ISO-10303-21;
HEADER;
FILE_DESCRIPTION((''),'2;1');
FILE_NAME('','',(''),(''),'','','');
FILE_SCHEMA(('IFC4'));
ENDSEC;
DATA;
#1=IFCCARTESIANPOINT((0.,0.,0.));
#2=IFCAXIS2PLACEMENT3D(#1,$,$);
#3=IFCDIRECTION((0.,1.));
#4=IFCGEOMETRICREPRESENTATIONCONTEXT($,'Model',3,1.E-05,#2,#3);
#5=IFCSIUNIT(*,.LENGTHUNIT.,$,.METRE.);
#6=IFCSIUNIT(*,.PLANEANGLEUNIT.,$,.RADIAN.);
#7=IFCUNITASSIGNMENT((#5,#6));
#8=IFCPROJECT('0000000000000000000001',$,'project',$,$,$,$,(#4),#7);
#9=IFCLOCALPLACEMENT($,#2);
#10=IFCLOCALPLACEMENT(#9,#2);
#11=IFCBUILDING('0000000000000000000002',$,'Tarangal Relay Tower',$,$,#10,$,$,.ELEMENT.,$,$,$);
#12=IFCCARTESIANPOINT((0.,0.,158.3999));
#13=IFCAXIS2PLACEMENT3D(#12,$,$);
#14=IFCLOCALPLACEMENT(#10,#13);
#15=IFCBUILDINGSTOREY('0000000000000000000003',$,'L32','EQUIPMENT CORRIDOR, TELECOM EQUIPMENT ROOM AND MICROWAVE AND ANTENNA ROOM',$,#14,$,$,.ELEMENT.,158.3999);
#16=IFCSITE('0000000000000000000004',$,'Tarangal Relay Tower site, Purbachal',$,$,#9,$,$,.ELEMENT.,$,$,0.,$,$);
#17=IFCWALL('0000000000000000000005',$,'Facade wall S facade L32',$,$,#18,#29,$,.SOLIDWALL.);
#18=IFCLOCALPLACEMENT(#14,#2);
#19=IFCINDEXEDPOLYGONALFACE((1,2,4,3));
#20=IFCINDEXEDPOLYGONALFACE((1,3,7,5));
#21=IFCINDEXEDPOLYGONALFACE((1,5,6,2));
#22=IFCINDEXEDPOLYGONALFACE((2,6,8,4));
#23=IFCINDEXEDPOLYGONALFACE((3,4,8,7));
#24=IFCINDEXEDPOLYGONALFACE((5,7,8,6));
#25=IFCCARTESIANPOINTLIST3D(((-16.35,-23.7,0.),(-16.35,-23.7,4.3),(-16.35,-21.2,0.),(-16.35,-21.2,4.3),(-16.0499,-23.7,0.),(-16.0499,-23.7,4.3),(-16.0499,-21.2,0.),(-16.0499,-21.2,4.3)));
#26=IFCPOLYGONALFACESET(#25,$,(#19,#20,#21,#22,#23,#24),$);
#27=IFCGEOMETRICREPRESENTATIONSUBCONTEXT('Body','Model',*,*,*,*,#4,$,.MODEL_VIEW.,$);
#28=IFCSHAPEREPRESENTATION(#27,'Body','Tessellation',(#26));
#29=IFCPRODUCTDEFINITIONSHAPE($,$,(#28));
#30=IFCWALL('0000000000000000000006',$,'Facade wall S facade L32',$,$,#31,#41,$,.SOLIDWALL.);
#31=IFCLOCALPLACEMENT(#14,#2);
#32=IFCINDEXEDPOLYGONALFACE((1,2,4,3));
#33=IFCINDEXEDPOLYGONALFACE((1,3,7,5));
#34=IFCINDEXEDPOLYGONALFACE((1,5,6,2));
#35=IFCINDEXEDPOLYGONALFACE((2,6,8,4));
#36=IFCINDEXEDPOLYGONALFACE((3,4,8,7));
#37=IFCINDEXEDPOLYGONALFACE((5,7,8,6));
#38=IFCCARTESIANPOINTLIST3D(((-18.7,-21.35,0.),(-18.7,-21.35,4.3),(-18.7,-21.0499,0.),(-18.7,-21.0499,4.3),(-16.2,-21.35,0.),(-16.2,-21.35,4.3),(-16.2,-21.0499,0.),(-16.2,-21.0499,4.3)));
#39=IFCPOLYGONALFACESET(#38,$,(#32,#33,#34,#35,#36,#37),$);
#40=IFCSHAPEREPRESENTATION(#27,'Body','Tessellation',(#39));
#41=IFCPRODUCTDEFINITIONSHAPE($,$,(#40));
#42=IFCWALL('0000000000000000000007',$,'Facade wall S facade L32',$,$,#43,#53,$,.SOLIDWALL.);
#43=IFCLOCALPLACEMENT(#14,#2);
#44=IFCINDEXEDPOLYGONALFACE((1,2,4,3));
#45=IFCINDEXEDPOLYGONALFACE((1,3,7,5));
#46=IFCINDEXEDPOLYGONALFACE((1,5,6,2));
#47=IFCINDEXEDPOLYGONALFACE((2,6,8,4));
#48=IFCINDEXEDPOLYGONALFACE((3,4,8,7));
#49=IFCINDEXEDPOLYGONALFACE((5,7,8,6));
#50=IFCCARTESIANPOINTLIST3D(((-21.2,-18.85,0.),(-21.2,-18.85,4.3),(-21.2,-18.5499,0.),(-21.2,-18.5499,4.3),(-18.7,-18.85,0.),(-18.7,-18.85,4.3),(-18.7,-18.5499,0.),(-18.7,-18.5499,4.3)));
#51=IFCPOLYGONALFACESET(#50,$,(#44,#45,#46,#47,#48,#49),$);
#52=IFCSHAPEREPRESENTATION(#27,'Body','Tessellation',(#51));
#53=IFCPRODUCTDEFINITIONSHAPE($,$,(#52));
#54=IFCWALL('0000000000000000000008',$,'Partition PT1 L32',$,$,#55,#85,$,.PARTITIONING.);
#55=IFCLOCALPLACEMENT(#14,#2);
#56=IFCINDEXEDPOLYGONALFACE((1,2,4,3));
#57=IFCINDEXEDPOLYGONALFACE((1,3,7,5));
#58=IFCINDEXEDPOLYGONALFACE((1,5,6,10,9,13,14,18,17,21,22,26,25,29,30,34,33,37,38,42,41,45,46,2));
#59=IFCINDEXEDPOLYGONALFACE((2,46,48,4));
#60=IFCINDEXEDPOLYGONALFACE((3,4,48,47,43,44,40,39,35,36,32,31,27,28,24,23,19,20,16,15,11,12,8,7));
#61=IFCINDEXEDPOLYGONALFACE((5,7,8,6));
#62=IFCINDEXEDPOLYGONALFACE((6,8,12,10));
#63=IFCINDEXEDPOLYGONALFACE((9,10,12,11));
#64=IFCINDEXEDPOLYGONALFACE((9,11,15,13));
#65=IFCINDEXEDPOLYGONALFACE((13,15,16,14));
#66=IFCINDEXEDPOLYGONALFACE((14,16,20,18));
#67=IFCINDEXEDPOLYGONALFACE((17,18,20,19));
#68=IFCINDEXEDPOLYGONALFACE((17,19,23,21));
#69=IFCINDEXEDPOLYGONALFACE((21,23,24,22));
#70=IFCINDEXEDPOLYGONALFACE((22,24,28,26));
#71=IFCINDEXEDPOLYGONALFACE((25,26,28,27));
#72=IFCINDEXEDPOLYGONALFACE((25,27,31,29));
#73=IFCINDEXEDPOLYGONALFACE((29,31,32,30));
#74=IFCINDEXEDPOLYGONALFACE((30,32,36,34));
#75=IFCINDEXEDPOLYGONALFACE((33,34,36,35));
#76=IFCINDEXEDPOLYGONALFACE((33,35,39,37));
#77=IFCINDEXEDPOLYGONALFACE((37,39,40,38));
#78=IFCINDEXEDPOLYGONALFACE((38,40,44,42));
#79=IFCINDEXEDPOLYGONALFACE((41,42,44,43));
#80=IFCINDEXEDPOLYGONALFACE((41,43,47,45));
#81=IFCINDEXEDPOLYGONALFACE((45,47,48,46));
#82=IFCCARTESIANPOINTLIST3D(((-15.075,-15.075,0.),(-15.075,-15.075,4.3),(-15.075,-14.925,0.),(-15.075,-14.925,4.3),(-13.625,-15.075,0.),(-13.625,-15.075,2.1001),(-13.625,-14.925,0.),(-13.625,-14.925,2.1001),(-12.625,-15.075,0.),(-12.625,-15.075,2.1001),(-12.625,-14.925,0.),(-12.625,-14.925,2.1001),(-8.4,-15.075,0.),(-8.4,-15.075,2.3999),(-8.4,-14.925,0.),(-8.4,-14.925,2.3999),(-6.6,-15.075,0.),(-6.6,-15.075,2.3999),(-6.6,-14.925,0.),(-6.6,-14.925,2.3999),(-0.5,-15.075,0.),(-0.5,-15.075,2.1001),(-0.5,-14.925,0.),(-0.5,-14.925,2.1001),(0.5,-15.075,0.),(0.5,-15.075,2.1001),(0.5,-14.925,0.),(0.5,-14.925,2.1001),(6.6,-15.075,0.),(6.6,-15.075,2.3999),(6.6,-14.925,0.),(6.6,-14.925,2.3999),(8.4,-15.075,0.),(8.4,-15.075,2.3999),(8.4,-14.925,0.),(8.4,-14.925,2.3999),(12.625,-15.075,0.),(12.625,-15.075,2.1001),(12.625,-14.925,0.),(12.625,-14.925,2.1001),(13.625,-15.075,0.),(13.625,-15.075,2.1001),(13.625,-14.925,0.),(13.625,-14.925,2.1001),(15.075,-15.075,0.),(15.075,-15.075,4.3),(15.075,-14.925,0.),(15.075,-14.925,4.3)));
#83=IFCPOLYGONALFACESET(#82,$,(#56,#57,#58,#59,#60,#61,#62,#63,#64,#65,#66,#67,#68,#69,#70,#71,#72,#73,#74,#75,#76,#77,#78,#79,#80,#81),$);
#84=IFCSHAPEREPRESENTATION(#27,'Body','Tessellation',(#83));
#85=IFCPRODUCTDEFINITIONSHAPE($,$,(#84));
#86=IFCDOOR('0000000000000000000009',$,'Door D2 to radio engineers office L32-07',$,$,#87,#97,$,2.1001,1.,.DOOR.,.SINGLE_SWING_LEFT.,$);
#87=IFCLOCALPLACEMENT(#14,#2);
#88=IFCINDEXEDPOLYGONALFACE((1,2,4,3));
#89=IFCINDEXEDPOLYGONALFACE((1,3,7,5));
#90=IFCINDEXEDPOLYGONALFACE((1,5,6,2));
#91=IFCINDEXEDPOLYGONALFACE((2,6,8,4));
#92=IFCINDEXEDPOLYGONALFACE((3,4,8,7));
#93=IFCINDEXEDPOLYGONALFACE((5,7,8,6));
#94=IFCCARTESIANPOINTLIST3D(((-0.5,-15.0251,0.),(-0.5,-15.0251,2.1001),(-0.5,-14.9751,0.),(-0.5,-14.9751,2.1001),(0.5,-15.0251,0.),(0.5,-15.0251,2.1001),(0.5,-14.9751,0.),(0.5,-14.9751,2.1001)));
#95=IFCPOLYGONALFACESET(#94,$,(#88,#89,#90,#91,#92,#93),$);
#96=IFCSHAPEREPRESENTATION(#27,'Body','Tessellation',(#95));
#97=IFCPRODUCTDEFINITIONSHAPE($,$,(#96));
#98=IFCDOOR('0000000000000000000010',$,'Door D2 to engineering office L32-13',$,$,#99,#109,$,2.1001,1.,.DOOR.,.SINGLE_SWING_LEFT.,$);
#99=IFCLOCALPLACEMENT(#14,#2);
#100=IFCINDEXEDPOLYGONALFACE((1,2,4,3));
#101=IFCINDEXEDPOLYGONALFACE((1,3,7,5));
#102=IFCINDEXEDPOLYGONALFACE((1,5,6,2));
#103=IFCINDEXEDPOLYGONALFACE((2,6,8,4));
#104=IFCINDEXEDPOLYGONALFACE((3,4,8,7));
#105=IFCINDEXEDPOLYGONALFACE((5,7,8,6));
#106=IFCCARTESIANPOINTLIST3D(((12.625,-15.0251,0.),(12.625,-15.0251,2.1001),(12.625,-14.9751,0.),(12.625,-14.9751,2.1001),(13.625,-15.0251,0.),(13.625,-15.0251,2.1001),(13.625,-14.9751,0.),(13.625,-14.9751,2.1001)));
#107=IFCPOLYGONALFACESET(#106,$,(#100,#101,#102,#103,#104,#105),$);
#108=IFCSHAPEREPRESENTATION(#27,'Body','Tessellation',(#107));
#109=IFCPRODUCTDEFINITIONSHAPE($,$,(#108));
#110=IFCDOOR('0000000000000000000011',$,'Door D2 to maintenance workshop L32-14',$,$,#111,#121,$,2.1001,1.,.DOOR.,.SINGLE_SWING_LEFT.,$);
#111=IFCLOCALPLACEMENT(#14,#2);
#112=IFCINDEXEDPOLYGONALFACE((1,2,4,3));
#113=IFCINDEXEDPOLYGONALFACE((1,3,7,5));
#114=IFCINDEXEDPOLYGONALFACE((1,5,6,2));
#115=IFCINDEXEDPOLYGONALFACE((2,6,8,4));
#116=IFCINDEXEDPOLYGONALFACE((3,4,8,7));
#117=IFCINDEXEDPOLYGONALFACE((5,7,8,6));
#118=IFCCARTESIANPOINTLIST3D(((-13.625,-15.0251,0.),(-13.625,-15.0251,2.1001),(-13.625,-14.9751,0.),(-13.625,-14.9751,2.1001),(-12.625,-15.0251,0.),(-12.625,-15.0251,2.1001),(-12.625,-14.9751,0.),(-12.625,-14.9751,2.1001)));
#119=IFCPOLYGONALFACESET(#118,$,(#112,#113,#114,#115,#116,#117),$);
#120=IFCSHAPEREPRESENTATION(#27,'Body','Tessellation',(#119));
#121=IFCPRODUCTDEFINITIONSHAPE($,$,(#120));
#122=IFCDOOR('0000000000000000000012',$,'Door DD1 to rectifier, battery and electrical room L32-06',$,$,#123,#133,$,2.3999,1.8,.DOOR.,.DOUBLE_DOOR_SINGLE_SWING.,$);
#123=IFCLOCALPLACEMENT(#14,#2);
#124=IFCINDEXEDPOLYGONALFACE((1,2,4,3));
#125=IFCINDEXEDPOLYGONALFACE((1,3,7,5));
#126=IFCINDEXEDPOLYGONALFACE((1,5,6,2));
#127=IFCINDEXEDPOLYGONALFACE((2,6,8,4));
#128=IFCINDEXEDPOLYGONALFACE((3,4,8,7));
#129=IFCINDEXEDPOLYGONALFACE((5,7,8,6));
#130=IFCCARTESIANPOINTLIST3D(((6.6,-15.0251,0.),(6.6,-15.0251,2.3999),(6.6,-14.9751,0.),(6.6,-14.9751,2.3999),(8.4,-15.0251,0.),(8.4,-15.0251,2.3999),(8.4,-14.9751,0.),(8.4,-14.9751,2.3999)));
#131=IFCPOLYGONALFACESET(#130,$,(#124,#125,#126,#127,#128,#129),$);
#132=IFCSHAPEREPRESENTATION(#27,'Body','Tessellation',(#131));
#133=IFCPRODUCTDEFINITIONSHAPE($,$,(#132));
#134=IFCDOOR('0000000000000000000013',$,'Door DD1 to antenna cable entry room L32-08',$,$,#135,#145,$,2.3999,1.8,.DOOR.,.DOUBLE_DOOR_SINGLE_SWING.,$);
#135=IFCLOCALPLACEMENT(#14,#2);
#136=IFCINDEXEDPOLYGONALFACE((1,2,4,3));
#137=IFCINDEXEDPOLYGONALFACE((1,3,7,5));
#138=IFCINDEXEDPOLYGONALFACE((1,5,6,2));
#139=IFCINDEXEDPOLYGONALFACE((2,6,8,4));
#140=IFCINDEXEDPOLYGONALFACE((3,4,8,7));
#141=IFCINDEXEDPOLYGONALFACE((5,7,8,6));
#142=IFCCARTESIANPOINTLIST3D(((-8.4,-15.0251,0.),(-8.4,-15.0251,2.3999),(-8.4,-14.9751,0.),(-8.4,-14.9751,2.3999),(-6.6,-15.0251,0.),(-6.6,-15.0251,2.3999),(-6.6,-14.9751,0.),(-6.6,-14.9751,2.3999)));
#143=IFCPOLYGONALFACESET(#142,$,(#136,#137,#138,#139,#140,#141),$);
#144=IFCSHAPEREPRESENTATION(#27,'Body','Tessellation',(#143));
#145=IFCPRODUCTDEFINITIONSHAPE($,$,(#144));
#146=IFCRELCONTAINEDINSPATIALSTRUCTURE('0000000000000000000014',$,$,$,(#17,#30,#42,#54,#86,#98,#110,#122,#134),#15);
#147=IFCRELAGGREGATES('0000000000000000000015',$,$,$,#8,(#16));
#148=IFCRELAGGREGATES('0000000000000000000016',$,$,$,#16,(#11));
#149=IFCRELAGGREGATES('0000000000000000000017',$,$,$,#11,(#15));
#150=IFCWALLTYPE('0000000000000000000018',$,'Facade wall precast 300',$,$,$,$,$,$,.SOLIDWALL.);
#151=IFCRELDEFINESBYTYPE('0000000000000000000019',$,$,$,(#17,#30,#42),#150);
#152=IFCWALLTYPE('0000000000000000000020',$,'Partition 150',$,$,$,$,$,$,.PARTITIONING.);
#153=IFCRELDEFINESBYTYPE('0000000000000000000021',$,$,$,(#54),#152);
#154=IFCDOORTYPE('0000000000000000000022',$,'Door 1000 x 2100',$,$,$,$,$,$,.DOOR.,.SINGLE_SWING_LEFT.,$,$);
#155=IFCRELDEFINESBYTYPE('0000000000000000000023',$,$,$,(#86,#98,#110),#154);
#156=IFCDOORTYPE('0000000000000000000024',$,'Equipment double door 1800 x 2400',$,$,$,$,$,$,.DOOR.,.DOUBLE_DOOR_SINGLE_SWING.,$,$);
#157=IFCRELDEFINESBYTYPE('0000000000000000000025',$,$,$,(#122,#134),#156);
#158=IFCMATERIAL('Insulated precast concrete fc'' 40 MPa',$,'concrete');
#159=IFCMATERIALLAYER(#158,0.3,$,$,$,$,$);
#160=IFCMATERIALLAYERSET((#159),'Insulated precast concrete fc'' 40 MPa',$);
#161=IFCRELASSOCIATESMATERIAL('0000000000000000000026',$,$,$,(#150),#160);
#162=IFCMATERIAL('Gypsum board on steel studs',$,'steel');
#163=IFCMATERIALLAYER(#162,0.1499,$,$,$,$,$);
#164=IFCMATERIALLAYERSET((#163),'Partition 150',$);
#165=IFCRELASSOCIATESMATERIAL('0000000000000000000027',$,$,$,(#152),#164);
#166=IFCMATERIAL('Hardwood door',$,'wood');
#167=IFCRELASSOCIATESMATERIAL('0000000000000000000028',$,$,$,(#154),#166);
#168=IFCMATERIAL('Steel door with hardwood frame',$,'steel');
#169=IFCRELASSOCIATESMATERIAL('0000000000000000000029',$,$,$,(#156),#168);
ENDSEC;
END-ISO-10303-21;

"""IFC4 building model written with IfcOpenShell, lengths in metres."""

from ifc_helpers import new_model, si_unit, direction, frame, frame_2d, origin, place, context, subcontext, project, spatial, rectangle, extrude, material, layer, layer_set, type_object, element, fill, save


model = new_model("IFC4")

# Units and contexts
model_context = context("Model", 3, precision=1e-05, world=origin(), true_north=direction((0.0, 1.0)))
body_context = subcontext(model_context, "Body", "Model", "MODEL_VIEW")
ifc_project = project(units=[si_unit("LENGTHUNIT", "METRE"), si_unit("PLANEANGLEUNIT", "RADIAN")], contexts=[model_context])

# Site, building, storey
site_placement = place(None, origin())
site = spatial("IfcSite", under=ifc_project, at=site_placement, Name="Tarangal Relay Tower site, Purbachal", CompositionType="ELEMENT", RefElevation=0.0)
building_placement = place(site_placement, origin())
building = spatial("IfcBuilding", under=site, at=building_placement, Name="Tarangal Relay Tower", CompositionType="ELEMENT")
storey_placement = place(building_placement, frame((0.0, 0.0, 158.3999)))
storey = spatial("IfcBuildingStorey", under=building, at=storey_placement, Name="L32", Description="EQUIPMENT CORRIDOR, TELECOM EQUIPMENT ROOM AND MICROWAVE AND ANTENNA ROOM", CompositionType="ELEMENT", Elevation=158.3999)

# Walls
ifc_material_1 = material(Name="Insulated precast concrete fc' 40 MPa", Category="concrete")
ifc_layer_1 = layer(ifc_material_1, 0.3)
ifc_layer_set_1 = layer_set([ifc_layer_1], Name="Insulated precast concrete fc' 40 MPa")
wall_type_1 = type_object("IfcWallType", Name="Facade wall precast 300", PredefinedType="SOLIDWALL", material=ifc_layer_set_1)
for number, where, z_axis, x_axis, name in (
    (1, (-16.2, -23.7, 0.0), (0.0, 0.0, 1.0), (0.0, 1.0, 0.0), "Facade wall S facade L32"),
    (2, (-16.2, -21.2, 0.0), (0.0, 0.0, 1.0), (-1.0, 0.0, 0.0), "Facade wall S facade L32"),
):
    element("IfcWall", number, at=place(storey_placement, frame(where, z_axis=z_axis, x_axis=x_axis)), inside=storey, type_object=wall_type_1, Name=name, PredefinedType="SOLIDWALL", context=body_context, shape_type="SweptSolid", body=[
        extrude(rectangle(XDim=2.5, YDim=0.3, at=frame_2d((1.25, 0.0))), origin(), (0.0, 0.0, 1.0), 4.3),
    ])

# Wall
wall_1_placement = place(storey_placement, frame((-18.7, -18.7, 0.0), z_axis=(0.0, 0.0, 1.0), x_axis=(-1.0, 0.0, 0.0)))
element("IfcWall", 3, at=wall_1_placement, inside=storey, type_object=wall_type_1, Name="Facade wall S facade L32", PredefinedType="SOLIDWALL", context=body_context, shape_type="SweptSolid", body=[
    extrude(rectangle(XDim=2.5, YDim=0.3, at=frame_2d((1.25, 0.0))), origin(), (0.0, 0.0, 1.0), 4.3),
])

# Wall, openings, doors
ifc_material_2 = material(Name="Gypsum board on steel studs", Category="steel")
ifc_layer_2 = layer(ifc_material_2, 0.1499)
ifc_layer_set_2 = layer_set([ifc_layer_2], Name="Partition 150")
wall_type_2 = type_object("IfcWallType", Name="Partition 150", PredefinedType="PARTITIONING", material=ifc_layer_set_2)
wall_2_placement = place(storey_placement, frame((-15.075, -15.0, 0.0), z_axis=(0.0, 0.0, 1.0), x_axis=(1.0, 0.0, 0.0)))
wall_2 = element("IfcWall", 4, at=wall_2_placement, inside=storey, type_object=wall_type_2, Name="Partition PT1 L32", PredefinedType="PARTITIONING", context=body_context, shape_type="SweptSolid", body=[
    extrude(rectangle(XDim=30.1499, YDim=0.1499, at=frame_2d((15.075, 0.0))), origin(), (0.0, 0.0, 1.0), 4.3),
])
opening_1_placement = place(wall_2_placement, frame((21.675, 0.0, 0.0)))
opening_1 = element("IfcOpeningElement", 5, at=opening_1_placement, cuts=wall_2, PredefinedType="OPENING", context=body_context, shape_type="SweptSolid", body=[
    extrude(rectangle(XDim=1.8, YDim=2.3999, at=frame_2d((0.8999, 1.2))), frame((0.0, 0.085, 0.0), z_axis=(0.0, -1.0, 0.0), x_axis=(1.0, 0.0, 0.0)), (0.0, 0.0, 1.0), 0.1699),
])
opening_2_placement = place(wall_2_placement, frame((14.575, 0.0, 0.0)))
opening_2 = element("IfcOpeningElement", 6, at=opening_2_placement, cuts=wall_2, PredefinedType="OPENING", context=body_context, shape_type="SweptSolid", body=[
    extrude(rectangle(XDim=1.0, YDim=2.1001, at=frame_2d((0.5, 1.05))), frame((0.0, 0.085, 0.0), z_axis=(0.0, -1.0, 0.0), x_axis=(1.0, 0.0, 0.0)), (0.0, 0.0, 1.0), 0.1699),
])
opening_3_placement = place(wall_2_placement, frame((6.675, 0.0, 0.0)))
opening_3 = element("IfcOpeningElement", 7, at=opening_3_placement, cuts=wall_2, PredefinedType="OPENING", context=body_context, shape_type="SweptSolid", body=[
    extrude(rectangle(XDim=1.8, YDim=2.3999, at=frame_2d((0.8999, 1.2))), frame((0.0, 0.085, 0.0), z_axis=(0.0, -1.0, 0.0), x_axis=(1.0, 0.0, 0.0)), (0.0, 0.0, 1.0), 0.1699),
])
opening_4_placement = place(wall_2_placement, frame((27.7, 0.0, 0.0)))
opening_4 = element("IfcOpeningElement", 8, at=opening_4_placement, cuts=wall_2, PredefinedType="OPENING", context=body_context, shape_type="SweptSolid", body=[
    extrude(rectangle(XDim=1.0, YDim=2.1001, at=frame_2d((0.5, 1.05))), frame((0.0, 0.085, 0.0), z_axis=(0.0, -1.0, 0.0), x_axis=(1.0, 0.0, 0.0)), (0.0, 0.0, 1.0), 0.1699),
])
opening_5_placement = place(wall_2_placement, frame((1.45, 0.0, 0.0)))
opening_5 = element("IfcOpeningElement", 9, at=opening_5_placement, cuts=wall_2, PredefinedType="OPENING", context=body_context, shape_type="SweptSolid", body=[
    extrude(rectangle(XDim=1.0, YDim=2.1001, at=frame_2d((0.5, 1.05))), frame((0.0, 0.085, 0.0), z_axis=(0.0, -1.0, 0.0), x_axis=(1.0, 0.0, 0.0)), (0.0, 0.0, 1.0), 0.1699),
])
ifc_material_3 = material(Name="Hardwood door", Category="wood")
door_type_1 = type_object("IfcDoorType", Name="Door 1000 x 2100", OperationType="SINGLE_SWING_LEFT", PredefinedType="DOOR", material=ifc_material_3)
door_1_placement = place(opening_2_placement, origin())
door_1 = element("IfcDoor", 10, at=door_1_placement, inside=storey, type_object=door_type_1, Name="Door D2 to radio engineers office L32-07", OperationType="SINGLE_SWING_LEFT", OverallHeight=2.1001, OverallWidth=1.0, PredefinedType="DOOR", context=body_context, shape_type="SweptSolid", body=[
    extrude(rectangle(XDim=1.0, YDim=2.1001, at=frame_2d((0.5, 1.05))), frame((0.0, 0.0249, 0.0), z_axis=(0.0, -1.0, 0.0), x_axis=(1.0, 0.0, 0.0)), (0.0, 0.0, 1.0), 0.05),
])
fill(opening_2, door_1)
door_2_placement = place(opening_4_placement, origin())
door_2 = element("IfcDoor", 11, at=door_2_placement, inside=storey, type_object=door_type_1, Name="Door D2 to engineering office L32-13", OperationType="SINGLE_SWING_LEFT", OverallHeight=2.1001, OverallWidth=1.0, PredefinedType="DOOR", context=body_context, shape_type="SweptSolid", body=[
    extrude(rectangle(XDim=1.0, YDim=2.1001, at=frame_2d((0.5, 1.05))), frame((0.0, 0.0249, 0.0), z_axis=(0.0, -1.0, 0.0), x_axis=(1.0, 0.0, 0.0)), (0.0, 0.0, 1.0), 0.05),
])
fill(opening_4, door_2)
door_3_placement = place(opening_5_placement, origin())
door_3 = element("IfcDoor", 12, at=door_3_placement, inside=storey, type_object=door_type_1, Name="Door D2 to maintenance workshop L32-14", OperationType="SINGLE_SWING_LEFT", OverallHeight=2.1001, OverallWidth=1.0, PredefinedType="DOOR", context=body_context, shape_type="SweptSolid", body=[
    extrude(rectangle(XDim=1.0, YDim=2.1001, at=frame_2d((0.5, 1.05))), frame((0.0, 0.0249, 0.0), z_axis=(0.0, -1.0, 0.0), x_axis=(1.0, 0.0, 0.0)), (0.0, 0.0, 1.0), 0.05),
])
fill(opening_5, door_3)
ifc_material_4 = material(Name="Steel door with hardwood frame", Category="steel")
door_type_2 = type_object("IfcDoorType", Name="Equipment double door 1800 x 2400", OperationType="DOUBLE_DOOR_SINGLE_SWING", PredefinedType="DOOR", material=ifc_material_4)
door_4_placement = place(opening_1_placement, origin())
door_4 = element("IfcDoor", 13, at=door_4_placement, inside=storey, type_object=door_type_2, Name="Door DD1 to rectifier, battery and electrical room L32-06", OperationType="DOUBLE_DOOR_SINGLE_SWING", OverallHeight=2.3999, OverallWidth=1.8, PredefinedType="DOOR", context=body_context, shape_type="SweptSolid", body=[
    extrude(rectangle(XDim=1.8, YDim=2.3999, at=frame_2d((0.8999, 1.2))), frame((0.0, 0.0249, 0.0), z_axis=(0.0, -1.0, 0.0), x_axis=(1.0, 0.0, 0.0)), (0.0, 0.0, 1.0), 0.05),
])
fill(opening_1, door_4)
door_5_placement = place(opening_3_placement, origin())
door_5 = element("IfcDoor", 14, at=door_5_placement, inside=storey, type_object=door_type_2, Name="Door DD1 to antenna cable entry room L32-08", OperationType="DOUBLE_DOOR_SINGLE_SWING", OverallHeight=2.3999, OverallWidth=1.8, PredefinedType="DOOR", context=body_context, shape_type="SweptSolid", body=[
    extrude(rectangle(XDim=1.8, YDim=2.3999, at=frame_2d((0.8999, 1.2))), frame((0.0, 0.0249, 0.0), z_axis=(0.0, -1.0, 0.0), x_axis=(1.0, 0.0, 0.0)), (0.0, 0.0, 1.0), 0.05),
])
fill(opening_3, door_5)

save(model, "model.ifc")
